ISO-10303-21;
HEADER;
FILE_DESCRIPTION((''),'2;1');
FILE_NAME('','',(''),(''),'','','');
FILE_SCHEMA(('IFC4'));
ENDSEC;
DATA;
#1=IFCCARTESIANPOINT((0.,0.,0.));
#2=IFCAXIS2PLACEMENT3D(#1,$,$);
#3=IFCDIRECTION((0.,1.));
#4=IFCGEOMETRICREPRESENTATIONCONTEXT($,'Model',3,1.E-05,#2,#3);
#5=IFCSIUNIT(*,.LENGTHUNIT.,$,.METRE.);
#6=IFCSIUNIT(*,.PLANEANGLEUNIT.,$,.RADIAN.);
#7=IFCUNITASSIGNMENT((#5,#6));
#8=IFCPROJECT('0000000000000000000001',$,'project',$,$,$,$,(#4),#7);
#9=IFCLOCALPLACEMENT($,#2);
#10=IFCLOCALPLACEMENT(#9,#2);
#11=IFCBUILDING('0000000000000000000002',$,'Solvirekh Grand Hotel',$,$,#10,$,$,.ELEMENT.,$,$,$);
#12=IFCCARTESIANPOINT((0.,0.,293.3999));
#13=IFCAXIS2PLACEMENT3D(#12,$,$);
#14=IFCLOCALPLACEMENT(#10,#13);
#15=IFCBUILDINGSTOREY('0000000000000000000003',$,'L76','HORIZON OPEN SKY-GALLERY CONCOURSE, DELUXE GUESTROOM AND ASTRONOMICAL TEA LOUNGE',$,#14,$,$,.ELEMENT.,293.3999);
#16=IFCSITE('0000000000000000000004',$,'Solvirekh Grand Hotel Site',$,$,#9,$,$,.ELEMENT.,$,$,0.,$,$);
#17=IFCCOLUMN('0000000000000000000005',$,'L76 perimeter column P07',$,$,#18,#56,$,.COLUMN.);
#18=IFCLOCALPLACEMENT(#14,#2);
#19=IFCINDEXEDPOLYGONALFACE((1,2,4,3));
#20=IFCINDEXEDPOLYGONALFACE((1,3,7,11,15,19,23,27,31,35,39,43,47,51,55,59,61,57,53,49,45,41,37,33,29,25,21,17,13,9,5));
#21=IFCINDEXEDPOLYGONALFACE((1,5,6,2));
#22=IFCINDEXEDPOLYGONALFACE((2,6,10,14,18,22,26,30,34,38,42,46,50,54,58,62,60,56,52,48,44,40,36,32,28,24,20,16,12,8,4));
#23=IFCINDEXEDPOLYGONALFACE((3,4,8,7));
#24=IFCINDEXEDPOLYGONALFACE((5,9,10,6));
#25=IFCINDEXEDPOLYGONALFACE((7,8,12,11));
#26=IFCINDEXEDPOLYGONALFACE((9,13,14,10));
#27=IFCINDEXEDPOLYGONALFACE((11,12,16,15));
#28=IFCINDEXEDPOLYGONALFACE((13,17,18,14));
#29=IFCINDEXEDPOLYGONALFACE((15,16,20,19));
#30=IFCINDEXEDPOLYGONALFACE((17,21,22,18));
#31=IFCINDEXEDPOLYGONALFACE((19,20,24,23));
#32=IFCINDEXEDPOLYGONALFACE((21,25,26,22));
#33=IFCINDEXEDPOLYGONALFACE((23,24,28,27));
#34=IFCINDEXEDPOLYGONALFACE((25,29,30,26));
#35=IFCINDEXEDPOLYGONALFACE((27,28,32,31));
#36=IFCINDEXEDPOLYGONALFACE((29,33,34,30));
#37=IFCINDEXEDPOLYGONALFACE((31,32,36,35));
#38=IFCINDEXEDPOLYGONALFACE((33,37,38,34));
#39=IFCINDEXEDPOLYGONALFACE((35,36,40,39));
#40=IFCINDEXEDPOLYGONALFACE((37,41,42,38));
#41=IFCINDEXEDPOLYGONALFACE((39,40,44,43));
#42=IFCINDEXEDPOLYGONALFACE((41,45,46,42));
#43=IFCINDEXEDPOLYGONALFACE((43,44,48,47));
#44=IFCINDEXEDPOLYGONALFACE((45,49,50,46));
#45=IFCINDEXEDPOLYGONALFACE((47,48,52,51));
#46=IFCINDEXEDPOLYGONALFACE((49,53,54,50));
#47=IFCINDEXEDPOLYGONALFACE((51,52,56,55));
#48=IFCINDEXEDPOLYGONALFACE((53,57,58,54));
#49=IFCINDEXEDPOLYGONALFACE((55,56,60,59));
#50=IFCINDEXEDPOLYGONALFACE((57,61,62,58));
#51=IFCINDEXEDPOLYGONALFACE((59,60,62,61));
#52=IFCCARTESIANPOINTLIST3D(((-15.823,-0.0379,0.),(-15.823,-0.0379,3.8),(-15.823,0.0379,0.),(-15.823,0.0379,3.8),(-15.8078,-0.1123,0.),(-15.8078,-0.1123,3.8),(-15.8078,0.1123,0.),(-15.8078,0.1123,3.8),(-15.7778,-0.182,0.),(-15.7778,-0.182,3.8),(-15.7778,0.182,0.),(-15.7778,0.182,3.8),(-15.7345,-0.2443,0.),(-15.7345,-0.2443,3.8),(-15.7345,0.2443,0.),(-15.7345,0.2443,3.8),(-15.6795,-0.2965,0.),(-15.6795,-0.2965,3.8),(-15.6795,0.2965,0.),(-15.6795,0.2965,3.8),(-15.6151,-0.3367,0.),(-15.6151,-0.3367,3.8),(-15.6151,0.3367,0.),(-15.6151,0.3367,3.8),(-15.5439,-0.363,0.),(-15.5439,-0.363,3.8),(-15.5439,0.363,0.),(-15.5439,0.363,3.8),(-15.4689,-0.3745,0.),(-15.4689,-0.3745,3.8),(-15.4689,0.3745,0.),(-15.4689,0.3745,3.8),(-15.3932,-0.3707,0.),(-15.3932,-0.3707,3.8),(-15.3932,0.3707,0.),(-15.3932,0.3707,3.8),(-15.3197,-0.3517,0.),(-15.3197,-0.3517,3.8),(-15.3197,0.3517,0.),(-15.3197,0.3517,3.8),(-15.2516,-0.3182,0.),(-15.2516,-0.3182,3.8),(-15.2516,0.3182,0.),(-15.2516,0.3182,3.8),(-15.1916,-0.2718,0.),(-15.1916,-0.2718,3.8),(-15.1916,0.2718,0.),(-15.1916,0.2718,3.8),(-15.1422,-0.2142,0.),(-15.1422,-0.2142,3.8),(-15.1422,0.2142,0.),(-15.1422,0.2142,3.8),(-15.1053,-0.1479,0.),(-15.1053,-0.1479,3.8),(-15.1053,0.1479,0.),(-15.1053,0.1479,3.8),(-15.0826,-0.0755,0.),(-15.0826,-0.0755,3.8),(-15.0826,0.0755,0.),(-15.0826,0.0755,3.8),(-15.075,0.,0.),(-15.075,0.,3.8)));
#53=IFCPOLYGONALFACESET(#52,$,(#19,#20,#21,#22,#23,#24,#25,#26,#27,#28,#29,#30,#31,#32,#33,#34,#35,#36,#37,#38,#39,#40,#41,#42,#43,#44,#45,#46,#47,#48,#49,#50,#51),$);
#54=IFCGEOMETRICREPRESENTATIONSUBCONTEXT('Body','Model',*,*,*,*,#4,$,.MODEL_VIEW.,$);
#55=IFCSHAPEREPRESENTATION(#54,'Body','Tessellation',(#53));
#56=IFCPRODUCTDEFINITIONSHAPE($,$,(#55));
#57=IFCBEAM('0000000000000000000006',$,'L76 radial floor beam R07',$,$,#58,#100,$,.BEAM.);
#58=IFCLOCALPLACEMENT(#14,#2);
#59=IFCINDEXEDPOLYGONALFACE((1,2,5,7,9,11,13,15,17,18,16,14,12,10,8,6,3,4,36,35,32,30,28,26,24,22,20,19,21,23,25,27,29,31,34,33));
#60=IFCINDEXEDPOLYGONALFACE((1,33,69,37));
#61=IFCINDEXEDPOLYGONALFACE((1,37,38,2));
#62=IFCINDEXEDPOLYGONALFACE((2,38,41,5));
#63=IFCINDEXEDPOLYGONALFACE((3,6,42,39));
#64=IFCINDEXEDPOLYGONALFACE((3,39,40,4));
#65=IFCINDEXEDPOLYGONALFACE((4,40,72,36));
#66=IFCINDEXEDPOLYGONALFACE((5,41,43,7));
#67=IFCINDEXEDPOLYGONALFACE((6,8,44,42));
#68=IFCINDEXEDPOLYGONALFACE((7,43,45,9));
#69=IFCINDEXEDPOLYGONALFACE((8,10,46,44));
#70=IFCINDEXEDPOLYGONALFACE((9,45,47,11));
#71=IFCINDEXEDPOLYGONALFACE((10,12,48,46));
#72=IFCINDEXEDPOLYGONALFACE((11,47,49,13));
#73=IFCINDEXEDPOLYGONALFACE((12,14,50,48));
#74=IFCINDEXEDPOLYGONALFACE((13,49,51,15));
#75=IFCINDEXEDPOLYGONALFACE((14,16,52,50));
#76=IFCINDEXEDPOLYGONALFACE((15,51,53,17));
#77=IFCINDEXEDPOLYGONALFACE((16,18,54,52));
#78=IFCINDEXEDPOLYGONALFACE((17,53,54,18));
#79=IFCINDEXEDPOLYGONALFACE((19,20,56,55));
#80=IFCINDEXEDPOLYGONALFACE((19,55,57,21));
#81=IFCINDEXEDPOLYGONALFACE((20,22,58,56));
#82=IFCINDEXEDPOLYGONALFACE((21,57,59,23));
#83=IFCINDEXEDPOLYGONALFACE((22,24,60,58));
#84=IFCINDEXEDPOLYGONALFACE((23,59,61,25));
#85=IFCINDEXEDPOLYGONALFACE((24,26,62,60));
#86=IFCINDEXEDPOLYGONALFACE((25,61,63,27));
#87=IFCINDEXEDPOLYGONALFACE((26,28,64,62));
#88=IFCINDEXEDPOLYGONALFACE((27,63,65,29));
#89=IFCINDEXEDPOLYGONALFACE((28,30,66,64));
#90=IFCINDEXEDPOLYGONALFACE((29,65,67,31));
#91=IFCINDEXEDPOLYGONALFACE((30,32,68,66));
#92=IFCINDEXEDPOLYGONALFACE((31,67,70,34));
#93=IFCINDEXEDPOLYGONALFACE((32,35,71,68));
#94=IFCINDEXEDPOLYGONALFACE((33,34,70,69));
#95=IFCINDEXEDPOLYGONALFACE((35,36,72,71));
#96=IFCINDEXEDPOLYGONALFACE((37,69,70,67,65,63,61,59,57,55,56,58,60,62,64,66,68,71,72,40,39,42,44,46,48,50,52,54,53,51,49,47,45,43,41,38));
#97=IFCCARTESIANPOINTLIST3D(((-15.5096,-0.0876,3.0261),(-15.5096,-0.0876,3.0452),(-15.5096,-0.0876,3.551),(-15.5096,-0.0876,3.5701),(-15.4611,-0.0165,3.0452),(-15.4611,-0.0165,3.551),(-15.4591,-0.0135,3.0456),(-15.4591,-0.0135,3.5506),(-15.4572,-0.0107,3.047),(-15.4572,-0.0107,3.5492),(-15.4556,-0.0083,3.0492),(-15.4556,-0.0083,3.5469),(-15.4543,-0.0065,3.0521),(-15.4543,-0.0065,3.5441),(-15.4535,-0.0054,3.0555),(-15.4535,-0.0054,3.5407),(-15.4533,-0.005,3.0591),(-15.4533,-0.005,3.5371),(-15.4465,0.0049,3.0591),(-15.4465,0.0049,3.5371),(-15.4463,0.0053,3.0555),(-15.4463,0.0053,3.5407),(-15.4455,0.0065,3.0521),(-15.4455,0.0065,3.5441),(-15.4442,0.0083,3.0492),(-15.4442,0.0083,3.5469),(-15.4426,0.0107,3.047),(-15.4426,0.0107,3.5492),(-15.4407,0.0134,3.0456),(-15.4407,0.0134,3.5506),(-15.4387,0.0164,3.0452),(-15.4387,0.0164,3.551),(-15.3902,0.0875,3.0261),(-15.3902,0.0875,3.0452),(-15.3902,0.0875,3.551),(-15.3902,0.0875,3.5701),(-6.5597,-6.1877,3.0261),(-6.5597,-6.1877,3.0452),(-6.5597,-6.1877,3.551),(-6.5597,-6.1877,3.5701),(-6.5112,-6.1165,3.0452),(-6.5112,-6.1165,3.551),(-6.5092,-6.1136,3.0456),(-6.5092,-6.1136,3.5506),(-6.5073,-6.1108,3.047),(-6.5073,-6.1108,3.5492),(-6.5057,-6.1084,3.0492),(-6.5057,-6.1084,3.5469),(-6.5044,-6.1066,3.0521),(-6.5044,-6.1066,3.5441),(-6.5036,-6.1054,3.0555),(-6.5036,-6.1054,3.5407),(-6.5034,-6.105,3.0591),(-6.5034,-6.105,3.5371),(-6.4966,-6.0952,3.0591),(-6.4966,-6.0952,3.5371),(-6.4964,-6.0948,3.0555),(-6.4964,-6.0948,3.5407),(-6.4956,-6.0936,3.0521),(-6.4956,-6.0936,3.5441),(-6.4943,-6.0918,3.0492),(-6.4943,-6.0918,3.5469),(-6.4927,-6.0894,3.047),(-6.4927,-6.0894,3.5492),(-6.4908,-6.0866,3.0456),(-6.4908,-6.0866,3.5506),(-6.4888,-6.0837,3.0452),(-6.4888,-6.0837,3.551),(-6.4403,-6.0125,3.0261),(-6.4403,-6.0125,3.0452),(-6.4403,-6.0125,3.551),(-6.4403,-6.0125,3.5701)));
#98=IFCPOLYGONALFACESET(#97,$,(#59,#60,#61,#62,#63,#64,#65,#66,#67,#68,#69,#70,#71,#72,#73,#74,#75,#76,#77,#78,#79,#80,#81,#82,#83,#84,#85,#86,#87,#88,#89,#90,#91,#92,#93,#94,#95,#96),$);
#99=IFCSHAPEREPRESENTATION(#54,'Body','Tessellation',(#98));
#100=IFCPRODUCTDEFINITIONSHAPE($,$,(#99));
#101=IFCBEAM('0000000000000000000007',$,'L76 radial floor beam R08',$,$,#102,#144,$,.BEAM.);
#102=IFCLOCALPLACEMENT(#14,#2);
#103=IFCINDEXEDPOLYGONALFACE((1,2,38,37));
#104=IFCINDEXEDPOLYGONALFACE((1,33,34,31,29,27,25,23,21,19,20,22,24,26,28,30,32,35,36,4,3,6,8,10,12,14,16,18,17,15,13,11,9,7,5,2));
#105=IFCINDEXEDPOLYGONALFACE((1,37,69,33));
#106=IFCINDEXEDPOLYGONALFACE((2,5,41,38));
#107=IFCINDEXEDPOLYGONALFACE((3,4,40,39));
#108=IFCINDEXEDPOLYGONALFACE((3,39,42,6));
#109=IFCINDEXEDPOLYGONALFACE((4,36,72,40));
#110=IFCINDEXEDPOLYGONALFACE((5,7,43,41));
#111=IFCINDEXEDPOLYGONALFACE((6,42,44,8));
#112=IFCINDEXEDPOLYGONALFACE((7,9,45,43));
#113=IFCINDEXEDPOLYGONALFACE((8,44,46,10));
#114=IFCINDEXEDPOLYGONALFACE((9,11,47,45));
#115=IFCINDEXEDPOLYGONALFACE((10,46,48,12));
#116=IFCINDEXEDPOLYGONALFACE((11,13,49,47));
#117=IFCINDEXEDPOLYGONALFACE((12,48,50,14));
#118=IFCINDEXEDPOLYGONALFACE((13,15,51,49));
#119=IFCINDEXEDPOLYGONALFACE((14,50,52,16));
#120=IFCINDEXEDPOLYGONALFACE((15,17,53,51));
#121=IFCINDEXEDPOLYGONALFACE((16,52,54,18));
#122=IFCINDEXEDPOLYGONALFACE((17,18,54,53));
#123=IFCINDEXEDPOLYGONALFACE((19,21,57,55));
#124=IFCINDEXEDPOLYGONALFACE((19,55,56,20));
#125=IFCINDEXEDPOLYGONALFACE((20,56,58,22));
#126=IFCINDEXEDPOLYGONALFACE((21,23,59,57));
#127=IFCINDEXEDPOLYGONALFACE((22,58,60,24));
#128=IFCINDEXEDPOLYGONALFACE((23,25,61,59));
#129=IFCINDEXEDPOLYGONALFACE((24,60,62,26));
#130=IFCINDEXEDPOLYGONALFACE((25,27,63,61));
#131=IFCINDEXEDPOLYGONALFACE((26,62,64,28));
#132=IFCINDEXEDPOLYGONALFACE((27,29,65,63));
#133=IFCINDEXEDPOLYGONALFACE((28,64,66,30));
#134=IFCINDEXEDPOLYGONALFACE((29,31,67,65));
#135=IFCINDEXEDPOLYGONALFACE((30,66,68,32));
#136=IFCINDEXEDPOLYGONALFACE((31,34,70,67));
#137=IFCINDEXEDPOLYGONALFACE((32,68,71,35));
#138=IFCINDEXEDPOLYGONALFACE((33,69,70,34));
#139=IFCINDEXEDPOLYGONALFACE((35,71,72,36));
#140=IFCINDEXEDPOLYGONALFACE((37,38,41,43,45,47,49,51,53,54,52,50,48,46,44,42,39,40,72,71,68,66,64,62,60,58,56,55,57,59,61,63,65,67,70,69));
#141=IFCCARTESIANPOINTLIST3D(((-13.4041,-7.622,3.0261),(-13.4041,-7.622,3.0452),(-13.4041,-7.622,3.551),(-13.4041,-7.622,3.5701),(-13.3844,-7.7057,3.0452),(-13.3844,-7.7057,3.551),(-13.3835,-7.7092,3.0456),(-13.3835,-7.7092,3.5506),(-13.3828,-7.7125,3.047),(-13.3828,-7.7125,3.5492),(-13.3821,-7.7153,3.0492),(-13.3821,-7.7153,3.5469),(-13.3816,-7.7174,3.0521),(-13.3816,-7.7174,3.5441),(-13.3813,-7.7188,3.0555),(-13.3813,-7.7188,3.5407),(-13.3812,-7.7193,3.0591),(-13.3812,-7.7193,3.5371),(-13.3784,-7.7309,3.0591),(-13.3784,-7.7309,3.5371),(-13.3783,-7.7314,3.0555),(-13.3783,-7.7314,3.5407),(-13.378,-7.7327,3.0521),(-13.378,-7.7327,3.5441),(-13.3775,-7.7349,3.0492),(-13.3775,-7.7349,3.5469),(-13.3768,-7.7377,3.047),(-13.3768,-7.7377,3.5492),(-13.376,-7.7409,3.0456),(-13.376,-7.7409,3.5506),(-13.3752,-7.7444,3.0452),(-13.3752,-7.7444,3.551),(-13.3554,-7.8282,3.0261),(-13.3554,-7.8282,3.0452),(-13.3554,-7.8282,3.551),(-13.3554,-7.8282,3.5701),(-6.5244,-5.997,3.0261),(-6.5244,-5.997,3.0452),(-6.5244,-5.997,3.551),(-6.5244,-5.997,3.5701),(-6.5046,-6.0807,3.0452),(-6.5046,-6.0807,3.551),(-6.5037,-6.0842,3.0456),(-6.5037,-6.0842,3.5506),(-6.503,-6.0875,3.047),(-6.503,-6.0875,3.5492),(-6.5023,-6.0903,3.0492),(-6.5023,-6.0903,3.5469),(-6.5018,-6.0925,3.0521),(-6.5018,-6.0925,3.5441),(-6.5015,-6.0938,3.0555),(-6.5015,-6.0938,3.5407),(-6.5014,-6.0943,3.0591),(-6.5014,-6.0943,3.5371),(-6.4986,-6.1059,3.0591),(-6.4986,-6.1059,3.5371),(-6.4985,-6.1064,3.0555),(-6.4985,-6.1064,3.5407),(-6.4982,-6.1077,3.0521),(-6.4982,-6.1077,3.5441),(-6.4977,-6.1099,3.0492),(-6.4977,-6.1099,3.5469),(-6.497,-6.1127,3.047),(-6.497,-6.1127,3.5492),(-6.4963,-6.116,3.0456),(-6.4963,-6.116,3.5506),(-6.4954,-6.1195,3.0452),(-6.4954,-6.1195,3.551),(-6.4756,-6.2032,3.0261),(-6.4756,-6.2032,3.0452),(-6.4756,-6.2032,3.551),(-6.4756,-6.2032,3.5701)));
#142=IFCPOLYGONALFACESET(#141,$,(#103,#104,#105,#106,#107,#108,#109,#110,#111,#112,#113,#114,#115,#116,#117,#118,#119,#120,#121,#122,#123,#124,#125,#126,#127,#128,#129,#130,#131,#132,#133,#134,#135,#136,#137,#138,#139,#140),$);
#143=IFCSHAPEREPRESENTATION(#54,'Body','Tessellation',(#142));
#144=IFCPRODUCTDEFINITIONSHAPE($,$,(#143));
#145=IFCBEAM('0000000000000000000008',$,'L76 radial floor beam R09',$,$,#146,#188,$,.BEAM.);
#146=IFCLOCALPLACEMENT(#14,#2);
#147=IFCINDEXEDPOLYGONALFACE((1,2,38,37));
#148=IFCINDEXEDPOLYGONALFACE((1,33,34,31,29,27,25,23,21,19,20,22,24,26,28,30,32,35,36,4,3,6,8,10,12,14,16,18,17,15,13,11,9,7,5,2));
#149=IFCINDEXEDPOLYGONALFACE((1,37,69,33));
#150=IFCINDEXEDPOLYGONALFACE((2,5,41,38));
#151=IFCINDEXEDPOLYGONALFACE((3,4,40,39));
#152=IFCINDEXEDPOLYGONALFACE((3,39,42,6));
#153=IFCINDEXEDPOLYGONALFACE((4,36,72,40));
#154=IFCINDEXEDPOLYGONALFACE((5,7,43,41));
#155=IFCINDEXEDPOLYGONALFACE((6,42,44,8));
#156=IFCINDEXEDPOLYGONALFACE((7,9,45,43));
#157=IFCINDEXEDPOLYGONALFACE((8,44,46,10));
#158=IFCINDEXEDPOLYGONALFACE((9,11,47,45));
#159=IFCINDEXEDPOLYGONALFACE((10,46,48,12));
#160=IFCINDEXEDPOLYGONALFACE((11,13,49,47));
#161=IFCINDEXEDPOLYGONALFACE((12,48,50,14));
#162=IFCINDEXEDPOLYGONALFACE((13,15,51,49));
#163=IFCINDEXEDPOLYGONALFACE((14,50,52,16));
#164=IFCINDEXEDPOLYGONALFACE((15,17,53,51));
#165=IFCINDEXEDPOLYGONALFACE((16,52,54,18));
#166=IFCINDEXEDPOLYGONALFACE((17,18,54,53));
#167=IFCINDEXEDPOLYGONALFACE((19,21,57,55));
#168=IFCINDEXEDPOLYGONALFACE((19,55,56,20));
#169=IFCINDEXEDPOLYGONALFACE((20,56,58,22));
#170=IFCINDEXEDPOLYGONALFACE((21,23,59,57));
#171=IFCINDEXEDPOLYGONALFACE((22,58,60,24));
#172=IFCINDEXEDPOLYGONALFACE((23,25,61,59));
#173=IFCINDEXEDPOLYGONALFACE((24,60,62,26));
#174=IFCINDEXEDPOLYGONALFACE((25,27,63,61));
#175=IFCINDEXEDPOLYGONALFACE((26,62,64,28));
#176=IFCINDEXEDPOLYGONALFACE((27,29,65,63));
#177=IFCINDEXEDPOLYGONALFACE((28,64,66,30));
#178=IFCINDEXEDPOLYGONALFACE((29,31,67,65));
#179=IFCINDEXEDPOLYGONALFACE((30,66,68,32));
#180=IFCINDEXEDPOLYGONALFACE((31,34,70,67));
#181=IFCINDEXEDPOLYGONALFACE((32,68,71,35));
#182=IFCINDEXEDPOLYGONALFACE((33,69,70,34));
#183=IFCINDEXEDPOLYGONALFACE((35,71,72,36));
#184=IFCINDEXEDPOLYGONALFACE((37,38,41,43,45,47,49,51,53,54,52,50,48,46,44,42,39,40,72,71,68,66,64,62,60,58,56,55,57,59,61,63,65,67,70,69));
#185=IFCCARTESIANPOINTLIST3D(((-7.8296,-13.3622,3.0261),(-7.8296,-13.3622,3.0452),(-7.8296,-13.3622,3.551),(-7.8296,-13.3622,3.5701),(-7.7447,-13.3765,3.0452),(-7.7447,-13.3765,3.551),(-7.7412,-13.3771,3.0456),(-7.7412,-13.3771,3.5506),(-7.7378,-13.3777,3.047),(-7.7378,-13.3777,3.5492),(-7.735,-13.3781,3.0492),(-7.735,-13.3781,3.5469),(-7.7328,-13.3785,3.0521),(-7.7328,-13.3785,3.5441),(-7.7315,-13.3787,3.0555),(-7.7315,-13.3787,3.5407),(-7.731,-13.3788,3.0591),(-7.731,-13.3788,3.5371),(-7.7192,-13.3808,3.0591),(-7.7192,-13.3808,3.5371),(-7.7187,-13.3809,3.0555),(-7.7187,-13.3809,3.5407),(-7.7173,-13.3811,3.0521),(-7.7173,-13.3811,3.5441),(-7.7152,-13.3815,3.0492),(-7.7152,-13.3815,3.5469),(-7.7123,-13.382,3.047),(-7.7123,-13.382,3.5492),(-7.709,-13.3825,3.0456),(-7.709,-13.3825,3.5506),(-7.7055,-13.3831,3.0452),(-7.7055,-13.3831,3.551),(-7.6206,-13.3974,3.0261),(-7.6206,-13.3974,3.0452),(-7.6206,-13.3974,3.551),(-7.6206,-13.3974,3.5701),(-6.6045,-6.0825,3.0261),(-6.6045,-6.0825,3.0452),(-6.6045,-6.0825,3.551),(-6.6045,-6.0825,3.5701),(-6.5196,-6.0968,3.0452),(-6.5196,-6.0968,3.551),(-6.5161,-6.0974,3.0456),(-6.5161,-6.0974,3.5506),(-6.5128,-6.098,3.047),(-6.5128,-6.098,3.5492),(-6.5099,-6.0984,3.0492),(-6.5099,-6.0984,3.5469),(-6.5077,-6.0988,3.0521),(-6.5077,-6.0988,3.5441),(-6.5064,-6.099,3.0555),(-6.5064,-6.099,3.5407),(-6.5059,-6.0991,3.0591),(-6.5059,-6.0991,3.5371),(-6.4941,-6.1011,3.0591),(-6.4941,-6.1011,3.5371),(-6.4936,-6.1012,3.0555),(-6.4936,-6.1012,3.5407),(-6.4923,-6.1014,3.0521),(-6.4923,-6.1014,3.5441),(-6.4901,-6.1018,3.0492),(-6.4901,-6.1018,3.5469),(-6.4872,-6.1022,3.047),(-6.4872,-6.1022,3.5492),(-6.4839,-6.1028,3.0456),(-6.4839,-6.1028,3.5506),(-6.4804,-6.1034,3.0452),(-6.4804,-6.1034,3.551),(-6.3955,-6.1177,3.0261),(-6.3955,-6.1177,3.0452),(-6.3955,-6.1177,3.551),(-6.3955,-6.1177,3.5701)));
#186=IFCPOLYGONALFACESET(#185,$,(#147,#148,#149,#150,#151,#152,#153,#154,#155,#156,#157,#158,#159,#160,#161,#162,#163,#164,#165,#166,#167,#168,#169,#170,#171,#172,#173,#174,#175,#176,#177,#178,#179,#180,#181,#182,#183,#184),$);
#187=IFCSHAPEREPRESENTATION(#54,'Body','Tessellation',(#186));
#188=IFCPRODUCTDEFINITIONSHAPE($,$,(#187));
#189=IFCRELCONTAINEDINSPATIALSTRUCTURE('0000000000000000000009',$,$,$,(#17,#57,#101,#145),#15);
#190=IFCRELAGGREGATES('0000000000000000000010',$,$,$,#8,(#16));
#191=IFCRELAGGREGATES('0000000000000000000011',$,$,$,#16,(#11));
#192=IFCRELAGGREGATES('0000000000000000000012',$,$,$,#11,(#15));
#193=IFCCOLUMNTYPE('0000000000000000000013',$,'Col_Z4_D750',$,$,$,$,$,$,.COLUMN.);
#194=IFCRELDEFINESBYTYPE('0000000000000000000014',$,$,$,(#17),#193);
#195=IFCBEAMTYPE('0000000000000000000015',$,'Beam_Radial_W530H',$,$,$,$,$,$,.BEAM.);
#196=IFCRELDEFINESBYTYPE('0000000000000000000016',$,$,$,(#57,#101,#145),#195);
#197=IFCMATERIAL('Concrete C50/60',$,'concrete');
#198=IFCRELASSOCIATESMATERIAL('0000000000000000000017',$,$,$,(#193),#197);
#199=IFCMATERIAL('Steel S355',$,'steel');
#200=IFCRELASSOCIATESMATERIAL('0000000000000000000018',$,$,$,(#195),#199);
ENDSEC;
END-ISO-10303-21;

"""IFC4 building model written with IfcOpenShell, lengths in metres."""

from ifc_helpers import new_model, si_unit, direction, frame, origin, origin_2d, place, context, subcontext, project, spatial, circle, i_section, extrude, material, material_profile, profile_set, type_object, element, save


model = new_model("IFC4")

# Units and contexts
model_context = context("Model", 3, precision=1e-05, world=origin(), true_north=direction((0.0, 1.0)))
body_context = subcontext(model_context, "Body", "Model", "MODEL_VIEW")
ifc_project = project(units=[si_unit("LENGTHUNIT", "METRE"), si_unit("PLANEANGLEUNIT", "RADIAN")], contexts=[model_context])

# Site, building, storey
site_placement = place(None, origin())
site = spatial("IfcSite", under=ifc_project, at=site_placement, Name="Solvirekh Grand Hotel Site", CompositionType="ELEMENT", RefElevation=0.0)
building_placement = place(site_placement, origin())
building = spatial("IfcBuilding", under=site, at=building_placement, Name="Solvirekh Grand Hotel", CompositionType="ELEMENT")
storey_placement = place(building_placement, frame((0.0, 0.0, 293.3999)))
storey = spatial("IfcBuildingStorey", under=building, at=storey_placement, Name="L76", Description="HORIZON OPEN SKY-GALLERY CONCOURSE, DELUXE GUESTROOM AND ASTRONOMICAL TEA LOUNGE", CompositionType="ELEMENT", Elevation=293.3999)

# Column
ifc_material_1 = material(Name="Concrete C50/60", Category="concrete")
ifc_material_profile_1 = material_profile(ifc_material_1, circle(Radius=0.375, at=origin_2d()), Name="RC CIRC D750")
ifc_profile_set_1 = profile_set([ifc_material_profile_1], Name="Concrete C50/60")
column_type = type_object("IfcColumnType", Name="Col_Z4_D750", PredefinedType="COLUMN", material=ifc_profile_set_1)
column_placement = place(storey_placement, frame((-15.45, 0.0, 0.0), z_axis=(0.0, 0.0, 1.0), x_axis=(1.0, 0.0, 0.0)))
element("IfcColumn", 1, at=column_placement, inside=storey, type_object=column_type, Name="L76 perimeter column P07", PredefinedType="COLUMN", context=body_context, shape_type="SweptSolid", body=[
    extrude(circle(Radius=0.375, at=origin_2d()), origin(), (0.0, 0.0, 1.0), 3.8),
])

# Beams
ifc_material_2 = material(Name="Steel S355", Category="steel")
ifc_material_profile_2 = material_profile(ifc_material_2, i_section(OverallWidth=0.2119, OverallDepth=0.5439, WebThickness=0.012, FlangeThickness=0.019, FilletRadius=0.0139, at=origin_2d()), Name="W530X123")
ifc_profile_set_2 = profile_set([ifc_material_profile_2], Name="Steel S355")
beam_type_1 = type_object("IfcBeamType", Name="Beam_Radial_W530H", PredefinedType="BEAM", material=ifc_profile_set_2)
beam_1_placement = place(storey_placement, frame((-6.5, -6.1001, 3.2981), z_axis=(-0.826319, 0.563202, 0.0), x_axis=(-0.563202, -0.826319, 0.0)))
element("IfcBeam", 2, at=beam_1_placement, inside=storey, type_object=beam_type_1, Name="L76 radial floor beam R07", PredefinedType="BEAM", context=body_context, shape_type="SweptSolid", body=[
    extrude(i_section(OverallWidth=0.2119, OverallDepth=0.5439, WebThickness=0.012, FlangeThickness=0.019, FilletRadius=0.0139, at=origin_2d()), origin(), (0.0, 0.0, 1.0), 10.8311),
])
beam_2_placement = place(storey_placement, frame((-6.5, -6.1001, 3.2981), z_axis=(-0.973221, -0.229871, 0.0), x_axis=(0.229871, -0.973221, 0.0)))
element("IfcBeam", 3, at=beam_2_placement, inside=storey, type_object=beam_type_1, Name="L76 radial floor beam R08", PredefinedType="BEAM", context=body_context, shape_type="SweptSolid", body=[
    extrude(i_section(OverallWidth=0.2119, OverallDepth=0.5439, WebThickness=0.012, FlangeThickness=0.019, FilletRadius=0.0139, at=origin_2d()), origin(), (0.0, 0.0, 1.0), 7.0691),
])
beam_3_placement = place(storey_placement, frame((-6.5, -6.1001, 3.2981), z_axis=(-0.165954, -0.986133, 0.0), x_axis=(0.986133, -0.165954, 0.0)))
element("IfcBeam", 4, at=beam_3_placement, inside=storey, type_object=beam_type_1, Name="L76 radial floor beam R09", PredefinedType="BEAM", context=body_context, shape_type="SweptSolid", body=[
    extrude(i_section(OverallWidth=0.2119, OverallDepth=0.5439, WebThickness=0.012, FlangeThickness=0.019, FilletRadius=0.0139, at=origin_2d()), origin(), (0.0, 0.0, 1.0), 7.3821),
])

save(model, "model.ifc")
